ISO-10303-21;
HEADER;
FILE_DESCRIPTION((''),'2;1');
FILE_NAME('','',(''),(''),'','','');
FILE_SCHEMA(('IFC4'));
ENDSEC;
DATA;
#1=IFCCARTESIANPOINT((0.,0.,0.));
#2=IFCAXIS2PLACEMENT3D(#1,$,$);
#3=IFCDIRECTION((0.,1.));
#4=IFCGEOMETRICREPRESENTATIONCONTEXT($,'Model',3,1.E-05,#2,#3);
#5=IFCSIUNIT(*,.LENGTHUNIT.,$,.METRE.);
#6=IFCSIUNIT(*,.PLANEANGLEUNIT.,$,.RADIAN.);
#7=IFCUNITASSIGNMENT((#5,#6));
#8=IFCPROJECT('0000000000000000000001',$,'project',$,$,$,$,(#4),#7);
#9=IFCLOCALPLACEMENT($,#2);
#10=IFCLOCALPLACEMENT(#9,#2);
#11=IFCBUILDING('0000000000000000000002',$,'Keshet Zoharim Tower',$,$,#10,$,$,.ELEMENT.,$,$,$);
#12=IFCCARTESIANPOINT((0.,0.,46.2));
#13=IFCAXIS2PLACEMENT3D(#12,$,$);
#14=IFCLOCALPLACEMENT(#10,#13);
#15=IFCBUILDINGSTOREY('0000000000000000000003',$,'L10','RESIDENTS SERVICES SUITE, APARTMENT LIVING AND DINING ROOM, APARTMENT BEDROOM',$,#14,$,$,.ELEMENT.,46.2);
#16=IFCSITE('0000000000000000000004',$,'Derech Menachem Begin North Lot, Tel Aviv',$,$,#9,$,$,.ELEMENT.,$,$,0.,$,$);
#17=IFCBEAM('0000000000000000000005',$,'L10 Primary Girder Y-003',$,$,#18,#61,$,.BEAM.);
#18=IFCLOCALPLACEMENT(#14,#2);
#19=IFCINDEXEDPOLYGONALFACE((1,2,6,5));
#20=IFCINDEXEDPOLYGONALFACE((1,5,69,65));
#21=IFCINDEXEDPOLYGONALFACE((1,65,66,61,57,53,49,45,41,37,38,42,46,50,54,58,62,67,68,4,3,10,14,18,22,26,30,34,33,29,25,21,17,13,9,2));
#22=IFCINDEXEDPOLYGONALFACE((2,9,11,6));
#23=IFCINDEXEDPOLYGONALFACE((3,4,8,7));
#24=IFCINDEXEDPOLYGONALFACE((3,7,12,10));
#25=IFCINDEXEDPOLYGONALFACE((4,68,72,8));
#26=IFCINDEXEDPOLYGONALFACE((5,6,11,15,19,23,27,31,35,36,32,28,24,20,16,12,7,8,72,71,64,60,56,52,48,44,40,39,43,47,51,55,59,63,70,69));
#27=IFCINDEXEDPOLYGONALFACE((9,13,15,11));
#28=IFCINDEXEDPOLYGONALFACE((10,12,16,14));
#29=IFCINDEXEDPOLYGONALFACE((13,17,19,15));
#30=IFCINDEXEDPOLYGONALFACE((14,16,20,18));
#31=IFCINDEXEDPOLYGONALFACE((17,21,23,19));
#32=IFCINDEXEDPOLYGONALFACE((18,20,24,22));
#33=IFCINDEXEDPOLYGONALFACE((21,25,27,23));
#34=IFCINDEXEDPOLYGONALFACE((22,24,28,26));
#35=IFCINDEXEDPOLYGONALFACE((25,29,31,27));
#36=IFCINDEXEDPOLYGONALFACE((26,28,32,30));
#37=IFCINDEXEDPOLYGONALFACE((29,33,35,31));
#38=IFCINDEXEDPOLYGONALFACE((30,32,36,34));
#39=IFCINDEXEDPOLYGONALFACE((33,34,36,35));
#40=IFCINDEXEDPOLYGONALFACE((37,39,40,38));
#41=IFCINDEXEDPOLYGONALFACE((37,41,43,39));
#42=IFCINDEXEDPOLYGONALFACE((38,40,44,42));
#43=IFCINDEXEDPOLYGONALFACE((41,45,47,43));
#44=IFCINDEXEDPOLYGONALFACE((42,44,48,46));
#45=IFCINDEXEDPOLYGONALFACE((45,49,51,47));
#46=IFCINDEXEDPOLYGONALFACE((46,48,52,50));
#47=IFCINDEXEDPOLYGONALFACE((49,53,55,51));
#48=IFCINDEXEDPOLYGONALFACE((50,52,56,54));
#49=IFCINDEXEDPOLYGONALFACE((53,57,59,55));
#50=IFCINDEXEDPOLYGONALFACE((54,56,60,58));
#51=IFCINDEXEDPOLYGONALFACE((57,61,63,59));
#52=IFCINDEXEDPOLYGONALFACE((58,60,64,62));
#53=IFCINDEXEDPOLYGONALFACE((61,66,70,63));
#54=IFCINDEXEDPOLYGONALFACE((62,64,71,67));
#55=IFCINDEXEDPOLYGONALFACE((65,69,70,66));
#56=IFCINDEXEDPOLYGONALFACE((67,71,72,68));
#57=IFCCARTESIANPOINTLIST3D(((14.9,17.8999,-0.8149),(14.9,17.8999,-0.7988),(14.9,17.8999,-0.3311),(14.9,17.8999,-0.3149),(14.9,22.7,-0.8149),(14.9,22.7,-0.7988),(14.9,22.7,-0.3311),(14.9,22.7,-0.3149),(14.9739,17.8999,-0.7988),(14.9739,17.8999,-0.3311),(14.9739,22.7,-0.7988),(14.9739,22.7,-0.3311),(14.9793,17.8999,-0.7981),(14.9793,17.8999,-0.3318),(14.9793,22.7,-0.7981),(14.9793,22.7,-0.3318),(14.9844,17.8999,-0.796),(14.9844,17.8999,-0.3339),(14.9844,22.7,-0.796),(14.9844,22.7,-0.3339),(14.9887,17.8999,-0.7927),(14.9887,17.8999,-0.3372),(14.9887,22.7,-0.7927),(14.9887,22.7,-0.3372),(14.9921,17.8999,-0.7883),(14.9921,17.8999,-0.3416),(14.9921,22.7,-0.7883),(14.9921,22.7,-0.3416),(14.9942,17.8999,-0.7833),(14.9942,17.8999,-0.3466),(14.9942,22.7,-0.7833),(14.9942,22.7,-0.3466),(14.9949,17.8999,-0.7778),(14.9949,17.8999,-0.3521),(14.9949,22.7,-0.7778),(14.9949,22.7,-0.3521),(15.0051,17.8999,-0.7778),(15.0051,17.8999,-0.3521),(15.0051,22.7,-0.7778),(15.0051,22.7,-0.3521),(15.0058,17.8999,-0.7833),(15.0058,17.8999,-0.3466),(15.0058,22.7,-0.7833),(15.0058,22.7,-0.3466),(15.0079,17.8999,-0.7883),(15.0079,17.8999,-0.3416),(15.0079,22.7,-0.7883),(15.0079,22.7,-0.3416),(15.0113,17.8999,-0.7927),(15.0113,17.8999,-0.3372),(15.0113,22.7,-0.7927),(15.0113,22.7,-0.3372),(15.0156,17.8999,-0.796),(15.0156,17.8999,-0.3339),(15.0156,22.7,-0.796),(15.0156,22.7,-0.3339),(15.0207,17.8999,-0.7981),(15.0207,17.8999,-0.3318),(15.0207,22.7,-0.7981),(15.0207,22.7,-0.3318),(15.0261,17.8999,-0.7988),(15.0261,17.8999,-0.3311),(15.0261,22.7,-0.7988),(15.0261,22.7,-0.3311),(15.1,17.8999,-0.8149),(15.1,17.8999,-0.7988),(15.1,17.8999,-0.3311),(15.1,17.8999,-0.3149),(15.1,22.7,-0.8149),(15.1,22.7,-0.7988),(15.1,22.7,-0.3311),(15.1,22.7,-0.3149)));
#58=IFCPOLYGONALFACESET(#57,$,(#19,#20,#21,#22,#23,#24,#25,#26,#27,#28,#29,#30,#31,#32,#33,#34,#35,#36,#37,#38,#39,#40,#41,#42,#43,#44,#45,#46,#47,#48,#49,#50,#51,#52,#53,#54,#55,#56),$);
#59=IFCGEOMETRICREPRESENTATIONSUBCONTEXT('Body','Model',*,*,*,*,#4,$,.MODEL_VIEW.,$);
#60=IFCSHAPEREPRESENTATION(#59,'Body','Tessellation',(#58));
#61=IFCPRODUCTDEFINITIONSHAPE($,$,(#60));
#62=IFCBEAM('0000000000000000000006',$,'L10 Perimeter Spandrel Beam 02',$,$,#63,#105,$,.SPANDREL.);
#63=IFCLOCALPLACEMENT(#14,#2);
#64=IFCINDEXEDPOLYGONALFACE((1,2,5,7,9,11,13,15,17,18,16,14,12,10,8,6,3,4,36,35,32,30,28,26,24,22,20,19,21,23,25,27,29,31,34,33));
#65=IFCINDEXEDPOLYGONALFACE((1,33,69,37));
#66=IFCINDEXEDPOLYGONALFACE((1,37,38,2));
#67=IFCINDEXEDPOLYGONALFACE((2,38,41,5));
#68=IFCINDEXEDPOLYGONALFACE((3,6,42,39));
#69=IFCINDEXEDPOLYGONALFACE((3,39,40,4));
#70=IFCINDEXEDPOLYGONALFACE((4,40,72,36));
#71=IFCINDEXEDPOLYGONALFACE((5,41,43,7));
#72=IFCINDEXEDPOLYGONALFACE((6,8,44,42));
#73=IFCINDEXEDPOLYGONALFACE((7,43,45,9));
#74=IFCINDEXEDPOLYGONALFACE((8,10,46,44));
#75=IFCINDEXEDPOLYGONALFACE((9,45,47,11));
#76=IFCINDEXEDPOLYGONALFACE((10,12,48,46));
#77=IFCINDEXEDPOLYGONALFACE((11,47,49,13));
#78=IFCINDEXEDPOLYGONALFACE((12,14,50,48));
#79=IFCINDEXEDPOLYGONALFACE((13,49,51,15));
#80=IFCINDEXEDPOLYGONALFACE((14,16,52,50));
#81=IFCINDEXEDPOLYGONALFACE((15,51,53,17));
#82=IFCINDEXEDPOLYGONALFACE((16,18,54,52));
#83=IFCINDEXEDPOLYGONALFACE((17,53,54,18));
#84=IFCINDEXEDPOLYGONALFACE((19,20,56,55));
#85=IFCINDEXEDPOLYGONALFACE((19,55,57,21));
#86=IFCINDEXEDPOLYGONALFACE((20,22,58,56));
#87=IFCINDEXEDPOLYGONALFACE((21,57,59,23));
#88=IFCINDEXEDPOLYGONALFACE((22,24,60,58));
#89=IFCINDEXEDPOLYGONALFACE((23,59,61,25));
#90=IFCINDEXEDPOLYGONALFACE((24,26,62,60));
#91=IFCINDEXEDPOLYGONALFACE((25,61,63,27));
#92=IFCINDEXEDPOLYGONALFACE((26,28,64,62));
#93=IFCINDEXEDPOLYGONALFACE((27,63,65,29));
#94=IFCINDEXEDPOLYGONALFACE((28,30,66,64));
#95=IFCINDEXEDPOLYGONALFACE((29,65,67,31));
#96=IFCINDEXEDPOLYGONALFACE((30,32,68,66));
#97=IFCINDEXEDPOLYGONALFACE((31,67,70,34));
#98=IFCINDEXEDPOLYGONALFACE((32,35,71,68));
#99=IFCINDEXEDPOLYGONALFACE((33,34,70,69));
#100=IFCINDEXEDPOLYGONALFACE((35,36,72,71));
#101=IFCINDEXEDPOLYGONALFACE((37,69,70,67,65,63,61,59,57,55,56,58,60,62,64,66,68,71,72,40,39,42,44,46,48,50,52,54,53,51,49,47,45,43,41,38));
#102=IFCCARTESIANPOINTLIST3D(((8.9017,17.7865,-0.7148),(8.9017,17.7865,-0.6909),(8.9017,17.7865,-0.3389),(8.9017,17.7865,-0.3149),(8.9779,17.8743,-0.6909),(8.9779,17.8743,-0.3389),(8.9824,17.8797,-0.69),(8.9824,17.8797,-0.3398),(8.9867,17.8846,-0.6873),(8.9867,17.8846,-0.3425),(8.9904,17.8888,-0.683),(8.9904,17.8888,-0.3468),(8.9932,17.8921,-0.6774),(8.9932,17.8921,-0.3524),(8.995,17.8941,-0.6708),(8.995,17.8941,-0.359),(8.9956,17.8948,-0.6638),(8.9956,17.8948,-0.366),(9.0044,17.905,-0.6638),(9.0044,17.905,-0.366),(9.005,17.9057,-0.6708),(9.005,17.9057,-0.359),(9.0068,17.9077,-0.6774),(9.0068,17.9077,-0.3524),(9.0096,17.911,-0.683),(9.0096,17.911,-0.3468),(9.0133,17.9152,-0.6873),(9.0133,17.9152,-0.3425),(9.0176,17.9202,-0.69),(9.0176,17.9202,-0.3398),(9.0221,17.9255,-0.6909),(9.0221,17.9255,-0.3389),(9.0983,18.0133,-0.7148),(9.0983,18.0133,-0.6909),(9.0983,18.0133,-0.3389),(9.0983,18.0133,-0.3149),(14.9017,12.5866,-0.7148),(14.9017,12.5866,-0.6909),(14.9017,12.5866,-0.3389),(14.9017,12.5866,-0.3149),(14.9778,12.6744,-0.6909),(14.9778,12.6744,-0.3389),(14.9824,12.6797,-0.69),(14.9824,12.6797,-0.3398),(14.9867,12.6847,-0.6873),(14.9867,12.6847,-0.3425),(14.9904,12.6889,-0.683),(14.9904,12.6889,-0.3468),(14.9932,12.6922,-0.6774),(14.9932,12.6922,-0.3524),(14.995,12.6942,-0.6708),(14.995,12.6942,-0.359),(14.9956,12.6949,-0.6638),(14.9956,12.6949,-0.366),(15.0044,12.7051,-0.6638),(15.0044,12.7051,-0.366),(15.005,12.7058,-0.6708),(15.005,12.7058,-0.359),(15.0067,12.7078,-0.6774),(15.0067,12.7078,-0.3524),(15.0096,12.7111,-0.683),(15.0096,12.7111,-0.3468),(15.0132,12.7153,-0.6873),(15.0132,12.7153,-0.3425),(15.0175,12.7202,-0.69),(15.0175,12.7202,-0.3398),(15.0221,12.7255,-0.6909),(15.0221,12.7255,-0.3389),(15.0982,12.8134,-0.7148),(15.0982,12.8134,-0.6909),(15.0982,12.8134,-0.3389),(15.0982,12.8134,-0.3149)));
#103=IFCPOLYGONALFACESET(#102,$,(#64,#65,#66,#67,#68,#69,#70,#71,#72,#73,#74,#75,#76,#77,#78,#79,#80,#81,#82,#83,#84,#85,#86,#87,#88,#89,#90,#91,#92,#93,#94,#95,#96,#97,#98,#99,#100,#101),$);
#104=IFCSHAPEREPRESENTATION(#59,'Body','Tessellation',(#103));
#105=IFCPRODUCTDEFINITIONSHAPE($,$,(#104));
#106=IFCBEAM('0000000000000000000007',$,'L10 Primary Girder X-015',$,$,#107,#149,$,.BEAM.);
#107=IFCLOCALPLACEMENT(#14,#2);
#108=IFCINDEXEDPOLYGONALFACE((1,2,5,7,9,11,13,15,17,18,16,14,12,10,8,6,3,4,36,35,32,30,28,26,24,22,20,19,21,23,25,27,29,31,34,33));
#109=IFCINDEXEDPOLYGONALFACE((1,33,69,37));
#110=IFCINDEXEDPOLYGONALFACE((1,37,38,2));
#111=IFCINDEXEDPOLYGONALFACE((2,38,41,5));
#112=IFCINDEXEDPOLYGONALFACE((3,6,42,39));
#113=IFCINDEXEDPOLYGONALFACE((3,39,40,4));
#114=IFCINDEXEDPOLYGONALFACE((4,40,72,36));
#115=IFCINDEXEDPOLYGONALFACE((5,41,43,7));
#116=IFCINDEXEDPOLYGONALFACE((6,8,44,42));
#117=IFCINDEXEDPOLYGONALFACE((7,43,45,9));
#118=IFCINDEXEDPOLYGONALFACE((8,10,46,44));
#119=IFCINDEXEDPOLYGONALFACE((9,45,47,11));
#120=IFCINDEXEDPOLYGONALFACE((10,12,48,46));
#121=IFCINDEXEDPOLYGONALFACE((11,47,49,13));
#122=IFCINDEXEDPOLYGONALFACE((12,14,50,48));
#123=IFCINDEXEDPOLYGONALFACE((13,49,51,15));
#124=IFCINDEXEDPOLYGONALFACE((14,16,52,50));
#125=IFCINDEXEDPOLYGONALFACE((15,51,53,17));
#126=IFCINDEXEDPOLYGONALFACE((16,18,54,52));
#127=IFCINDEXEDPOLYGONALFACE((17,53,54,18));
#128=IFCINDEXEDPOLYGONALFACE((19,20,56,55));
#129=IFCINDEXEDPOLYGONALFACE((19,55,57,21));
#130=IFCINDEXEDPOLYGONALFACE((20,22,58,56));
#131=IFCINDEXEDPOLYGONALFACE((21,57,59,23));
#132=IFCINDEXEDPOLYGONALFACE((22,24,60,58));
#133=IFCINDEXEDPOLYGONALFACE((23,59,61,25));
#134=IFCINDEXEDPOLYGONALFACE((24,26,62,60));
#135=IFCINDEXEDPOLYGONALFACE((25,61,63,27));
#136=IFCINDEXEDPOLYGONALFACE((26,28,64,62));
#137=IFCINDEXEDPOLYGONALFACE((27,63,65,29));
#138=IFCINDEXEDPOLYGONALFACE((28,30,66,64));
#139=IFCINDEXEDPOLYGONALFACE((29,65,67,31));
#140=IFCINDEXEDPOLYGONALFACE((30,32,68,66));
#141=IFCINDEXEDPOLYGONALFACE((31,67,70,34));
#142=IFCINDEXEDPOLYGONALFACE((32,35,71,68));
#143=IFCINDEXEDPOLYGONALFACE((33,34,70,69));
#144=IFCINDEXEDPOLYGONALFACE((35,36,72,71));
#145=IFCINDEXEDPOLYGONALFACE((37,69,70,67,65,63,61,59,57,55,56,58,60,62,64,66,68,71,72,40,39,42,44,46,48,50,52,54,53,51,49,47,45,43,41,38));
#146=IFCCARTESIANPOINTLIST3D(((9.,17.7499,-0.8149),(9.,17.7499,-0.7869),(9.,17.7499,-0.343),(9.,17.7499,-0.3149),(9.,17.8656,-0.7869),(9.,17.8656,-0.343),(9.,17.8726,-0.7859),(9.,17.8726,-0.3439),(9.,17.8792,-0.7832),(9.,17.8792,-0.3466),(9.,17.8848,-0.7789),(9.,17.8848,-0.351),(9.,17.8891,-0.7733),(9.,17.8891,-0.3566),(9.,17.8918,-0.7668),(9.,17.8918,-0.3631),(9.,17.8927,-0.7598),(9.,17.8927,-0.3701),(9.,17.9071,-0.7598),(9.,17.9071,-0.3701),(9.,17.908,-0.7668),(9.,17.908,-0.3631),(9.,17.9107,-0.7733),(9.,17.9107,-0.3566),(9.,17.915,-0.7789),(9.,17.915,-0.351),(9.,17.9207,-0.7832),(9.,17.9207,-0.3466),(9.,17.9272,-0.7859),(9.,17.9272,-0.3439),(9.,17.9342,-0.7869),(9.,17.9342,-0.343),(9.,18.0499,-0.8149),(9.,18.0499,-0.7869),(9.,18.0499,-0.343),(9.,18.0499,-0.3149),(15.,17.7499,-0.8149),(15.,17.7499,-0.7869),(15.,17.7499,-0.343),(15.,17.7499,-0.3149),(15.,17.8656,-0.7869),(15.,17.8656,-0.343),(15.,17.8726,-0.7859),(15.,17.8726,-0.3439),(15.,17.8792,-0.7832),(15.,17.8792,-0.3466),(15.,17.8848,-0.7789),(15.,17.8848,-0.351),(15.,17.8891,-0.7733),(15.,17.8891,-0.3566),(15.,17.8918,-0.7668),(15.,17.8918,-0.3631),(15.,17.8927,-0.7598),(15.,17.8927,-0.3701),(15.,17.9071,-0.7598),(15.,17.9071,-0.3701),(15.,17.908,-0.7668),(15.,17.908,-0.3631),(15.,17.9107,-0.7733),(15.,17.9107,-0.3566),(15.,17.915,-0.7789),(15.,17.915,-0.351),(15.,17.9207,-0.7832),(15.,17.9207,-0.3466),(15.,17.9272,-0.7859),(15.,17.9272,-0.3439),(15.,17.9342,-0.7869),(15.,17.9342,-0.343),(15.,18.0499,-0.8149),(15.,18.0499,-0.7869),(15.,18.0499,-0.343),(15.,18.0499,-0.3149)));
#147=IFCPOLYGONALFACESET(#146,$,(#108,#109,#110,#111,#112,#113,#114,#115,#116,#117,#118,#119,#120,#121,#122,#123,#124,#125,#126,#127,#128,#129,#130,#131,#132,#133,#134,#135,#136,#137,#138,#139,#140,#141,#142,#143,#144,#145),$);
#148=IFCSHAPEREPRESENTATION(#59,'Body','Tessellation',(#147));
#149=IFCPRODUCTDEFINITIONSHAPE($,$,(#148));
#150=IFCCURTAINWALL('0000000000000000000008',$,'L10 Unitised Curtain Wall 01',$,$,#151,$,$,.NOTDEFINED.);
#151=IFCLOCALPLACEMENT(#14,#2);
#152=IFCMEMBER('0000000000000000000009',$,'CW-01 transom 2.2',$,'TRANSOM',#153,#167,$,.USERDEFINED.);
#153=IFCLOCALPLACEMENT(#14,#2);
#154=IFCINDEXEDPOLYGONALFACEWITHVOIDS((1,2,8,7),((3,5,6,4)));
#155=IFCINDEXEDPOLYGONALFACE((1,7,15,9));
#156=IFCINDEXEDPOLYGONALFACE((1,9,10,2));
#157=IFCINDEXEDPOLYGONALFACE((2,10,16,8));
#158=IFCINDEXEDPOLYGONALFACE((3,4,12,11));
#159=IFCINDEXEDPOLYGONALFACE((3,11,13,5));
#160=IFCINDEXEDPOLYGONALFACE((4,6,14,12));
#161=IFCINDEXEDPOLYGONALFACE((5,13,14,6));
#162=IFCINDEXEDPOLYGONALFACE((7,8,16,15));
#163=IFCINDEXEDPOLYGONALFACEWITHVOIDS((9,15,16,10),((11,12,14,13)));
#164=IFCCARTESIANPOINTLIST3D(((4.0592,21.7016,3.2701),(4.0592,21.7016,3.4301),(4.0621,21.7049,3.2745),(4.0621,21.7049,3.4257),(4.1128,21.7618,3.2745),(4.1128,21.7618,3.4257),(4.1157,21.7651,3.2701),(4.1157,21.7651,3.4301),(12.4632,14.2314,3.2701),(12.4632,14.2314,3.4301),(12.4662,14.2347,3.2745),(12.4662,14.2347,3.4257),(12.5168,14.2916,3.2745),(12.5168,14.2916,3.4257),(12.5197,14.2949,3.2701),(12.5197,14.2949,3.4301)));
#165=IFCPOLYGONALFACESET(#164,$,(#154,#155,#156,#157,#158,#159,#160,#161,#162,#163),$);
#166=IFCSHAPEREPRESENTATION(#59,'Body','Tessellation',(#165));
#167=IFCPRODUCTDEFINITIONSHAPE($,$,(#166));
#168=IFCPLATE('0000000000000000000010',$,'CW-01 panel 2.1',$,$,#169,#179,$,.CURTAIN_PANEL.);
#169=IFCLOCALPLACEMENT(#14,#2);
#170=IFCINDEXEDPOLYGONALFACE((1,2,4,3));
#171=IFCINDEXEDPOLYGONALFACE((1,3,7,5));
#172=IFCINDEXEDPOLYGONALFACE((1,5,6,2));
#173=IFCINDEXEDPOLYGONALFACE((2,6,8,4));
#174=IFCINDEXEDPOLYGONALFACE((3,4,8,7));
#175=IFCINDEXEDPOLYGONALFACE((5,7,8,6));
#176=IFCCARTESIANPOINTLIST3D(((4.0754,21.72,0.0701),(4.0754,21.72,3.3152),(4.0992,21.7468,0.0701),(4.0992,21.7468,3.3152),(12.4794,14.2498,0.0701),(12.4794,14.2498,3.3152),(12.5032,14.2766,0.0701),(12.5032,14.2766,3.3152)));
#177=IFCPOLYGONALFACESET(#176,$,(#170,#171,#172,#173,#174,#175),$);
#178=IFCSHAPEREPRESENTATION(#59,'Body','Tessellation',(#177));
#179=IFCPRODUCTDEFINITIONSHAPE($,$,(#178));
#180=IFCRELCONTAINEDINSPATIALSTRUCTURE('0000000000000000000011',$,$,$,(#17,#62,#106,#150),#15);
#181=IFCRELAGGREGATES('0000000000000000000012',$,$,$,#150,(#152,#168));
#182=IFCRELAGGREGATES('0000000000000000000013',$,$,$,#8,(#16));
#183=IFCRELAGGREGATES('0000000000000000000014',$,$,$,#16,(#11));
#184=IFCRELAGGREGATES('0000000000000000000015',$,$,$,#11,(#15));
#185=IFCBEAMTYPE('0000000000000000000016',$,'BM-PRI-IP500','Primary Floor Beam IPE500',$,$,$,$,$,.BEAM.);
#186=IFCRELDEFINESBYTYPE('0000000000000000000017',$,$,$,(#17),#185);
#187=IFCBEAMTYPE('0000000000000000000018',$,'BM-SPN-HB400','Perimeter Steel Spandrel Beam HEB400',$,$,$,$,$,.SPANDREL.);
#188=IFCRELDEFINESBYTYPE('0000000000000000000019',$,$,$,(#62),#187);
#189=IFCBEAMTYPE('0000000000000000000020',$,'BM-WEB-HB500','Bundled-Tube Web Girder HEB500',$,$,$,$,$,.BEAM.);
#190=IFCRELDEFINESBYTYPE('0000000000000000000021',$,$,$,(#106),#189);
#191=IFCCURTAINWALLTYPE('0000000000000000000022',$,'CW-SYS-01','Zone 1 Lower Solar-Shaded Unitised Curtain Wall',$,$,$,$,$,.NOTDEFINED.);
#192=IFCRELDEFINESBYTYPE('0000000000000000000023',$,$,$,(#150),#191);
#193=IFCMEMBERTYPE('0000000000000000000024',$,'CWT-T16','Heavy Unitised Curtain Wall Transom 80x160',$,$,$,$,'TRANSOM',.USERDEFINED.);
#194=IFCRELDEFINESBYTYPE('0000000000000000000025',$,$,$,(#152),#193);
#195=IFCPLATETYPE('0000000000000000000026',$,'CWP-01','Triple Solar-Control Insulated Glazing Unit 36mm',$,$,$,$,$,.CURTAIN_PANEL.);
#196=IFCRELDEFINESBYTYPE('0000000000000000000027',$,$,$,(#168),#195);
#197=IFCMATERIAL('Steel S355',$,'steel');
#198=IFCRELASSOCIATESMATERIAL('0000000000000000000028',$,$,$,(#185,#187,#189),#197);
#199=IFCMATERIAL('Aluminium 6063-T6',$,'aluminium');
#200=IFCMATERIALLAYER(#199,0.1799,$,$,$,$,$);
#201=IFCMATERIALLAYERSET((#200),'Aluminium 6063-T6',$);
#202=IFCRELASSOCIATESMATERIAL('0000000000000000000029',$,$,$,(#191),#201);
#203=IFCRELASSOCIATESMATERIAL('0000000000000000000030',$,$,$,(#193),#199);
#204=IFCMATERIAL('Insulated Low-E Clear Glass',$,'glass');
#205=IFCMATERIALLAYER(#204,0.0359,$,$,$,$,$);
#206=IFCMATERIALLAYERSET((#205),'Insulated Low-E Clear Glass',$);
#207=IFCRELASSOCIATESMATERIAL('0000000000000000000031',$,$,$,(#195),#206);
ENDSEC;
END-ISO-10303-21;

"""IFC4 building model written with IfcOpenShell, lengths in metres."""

from ifc_helpers import new_model, si_unit, direction, frame, origin, origin_2d, place, context, subcontext, project, spatial, rectangle, hollow_rectangle, i_section, extrude, material, layer, layer_set, material_profile, profile_set, type_object, element, aggregate, save


model = new_model("IFC4")

# Units and contexts
model_context = context("Model", 3, precision=1e-05, world=origin(), true_north=direction((0.0, 1.0)))
body_context = subcontext(model_context, "Body", "Model", "MODEL_VIEW")
ifc_project = project(units=[si_unit("LENGTHUNIT", "METRE"), si_unit("PLANEANGLEUNIT", "RADIAN")], contexts=[model_context])

# Site, building, storey
site_placement = place(None, origin())
site = spatial("IfcSite", under=ifc_project, at=site_placement, Name="Derech Menachem Begin North Lot, Tel Aviv", CompositionType="ELEMENT", RefElevation=0.0)
building_placement = place(site_placement, origin())
building = spatial("IfcBuilding", under=site, at=building_placement, Name="Keshet Zoharim Tower", CompositionType="ELEMENT")
storey_placement = place(building_placement, frame((0.0, 0.0, 46.2)))
storey = spatial("IfcBuildingStorey", under=building, at=storey_placement, Name="L10", Description="RESIDENTS SERVICES SUITE, APARTMENT LIVING AND DINING ROOM, APARTMENT BEDROOM", CompositionType="ELEMENT", Elevation=46.2)

# Shared definitions
ifc_material_1 = material(Name="Steel S355", Category="steel")

# Beams
ifc_material_profile_1 = material_profile(ifc_material_1, i_section(OverallWidth=0.2, OverallDepth=0.5, WebThickness=0.0103, FlangeThickness=0.0161, FilletRadius=0.021, at=origin_2d()), Name="IPE500")
ifc_profile_set_1 = profile_set([ifc_material_profile_1], Name="Steel S355")
beam_type_1 = type_object("IfcBeamType", Name="BM-PRI-IP500", Description="Primary Floor Beam IPE500", PredefinedType="BEAM", material=ifc_profile_set_1)
beam_1_placement = place(storey_placement, frame((15.0, 17.8999, -0.5649), z_axis=(0.0, 1.0, 0.0), x_axis=(-1.0, 0.0, 0.0)))
element("IfcBeam", 1, at=beam_1_placement, inside=storey, type_object=beam_type_1, Name="L10 Primary Girder Y-003", PredefinedType="BEAM", context=body_context, shape_type="SweptSolid", body=[
    extrude(i_section(OverallWidth=0.2, OverallDepth=0.5, WebThickness=0.0103, FlangeThickness=0.0161, FilletRadius=0.021, at=origin_2d()), origin(), (0.0, 0.0, 1.0), 4.8),
])
ifc_material_profile_2 = material_profile(ifc_material_1, i_section(OverallWidth=0.3, OverallDepth=0.3999, WebThickness=0.0134, FlangeThickness=0.0239, FilletRadius=0.0271, at=origin_2d()), Name="HEB400")
ifc_profile_set_2 = profile_set([ifc_material_profile_2], Name="Steel S355")
beam_type_2 = type_object("IfcBeamType", Name="BM-SPN-HB400", Description="Perimeter Steel Spandrel Beam HEB400", PredefinedType="SPANDREL", material=ifc_profile_set_2)
beam_2_placement = place(storey_placement, frame((9.0, 17.8999, -0.5149), z_axis=(0.755692, -0.654927, 0.0), x_axis=(0.654927, 0.755692, 0.0)))
element("IfcBeam", 2, at=beam_2_placement, inside=storey, type_object=beam_type_2, Name="L10 Perimeter Spandrel Beam 02", PredefinedType="SPANDREL", context=body_context, shape_type="SweptSolid", body=[
    extrude(i_section(OverallWidth=0.3, OverallDepth=0.3999, WebThickness=0.0134, FlangeThickness=0.0239, FilletRadius=0.0271, at=origin_2d()), origin(), (0.0, 0.0, 1.0), 7.9397),
])
ifc_material_profile_3 = material_profile(ifc_material_1, i_section(OverallWidth=0.3, OverallDepth=0.5, WebThickness=0.0144, FlangeThickness=0.0281, FilletRadius=0.0271, at=origin_2d()), Name="HEB500")
ifc_profile_set_3 = profile_set([ifc_material_profile_3], Name="Steel S355")
beam_type_3 = type_object("IfcBeamType", Name="BM-WEB-HB500", Description="Bundled-Tube Web Girder HEB500", PredefinedType="BEAM", material=ifc_profile_set_3)
beam_3_placement = place(storey_placement, frame((9.0, 17.8999, -0.5649), z_axis=(1.0, 0.0, 0.0), x_axis=(0.0, 1.0, 0.0)))
element("IfcBeam", 3, at=beam_3_placement, inside=storey, type_object=beam_type_3, Name="L10 Primary Girder X-015", PredefinedType="BEAM", context=body_context, shape_type="SweptSolid", body=[
    extrude(i_section(OverallWidth=0.3, OverallDepth=0.5, WebThickness=0.0144, FlangeThickness=0.0281, FilletRadius=0.0271, at=origin_2d()), origin(), (0.0, 0.0, 1.0), 6.0),
])

# Curtain wall, member, plate
ifc_material_2 = material(Name="Aluminium 6063-T6", Category="aluminium")
ifc_layer_1 = layer(ifc_material_2, 0.1799)
ifc_layer_set_1 = layer_set([ifc_layer_1], Name="Aluminium 6063-T6")
curtain_wall_type = type_object("IfcCurtainWallType", Name="CW-SYS-01", Description="Zone 1 Lower Solar-Shaded Unitised Curtain Wall", PredefinedType="NOTDEFINED", material=ifc_layer_set_1)
curtain_wall_placement = place(storey_placement, origin())
curtain_wall = element("IfcCurtainWall", 4, at=curtain_wall_placement, inside=storey, type_object=curtain_wall_type, Name="L10 Unitised Curtain Wall 01", PredefinedType="NOTDEFINED")
ifc_material_profile_4 = material_profile(ifc_material_2, hollow_rectangle(XDim=0.085, YDim=0.1599, WallThickness=0.0044, at=origin_2d()), Name="TRN-85x160")
ifc_profile_set_4 = profile_set([ifc_material_profile_4], Name="Aluminium 6063-T6")
member_type = type_object("IfcMemberType", Name="CWT-T16", Description="Heavy Unitised Curtain Wall Transom 80x160", ElementType="TRANSOM", PredefinedType="USERDEFINED", material=ifc_profile_set_4)
member_placement = place(storey_placement, frame((12.4915, 14.2632, 3.3501), z_axis=(-0.747412, 0.664361, 0.0), x_axis=(-0.664361, -0.747412, 0.0)))
member = element("IfcMember", 5, at=member_placement, type_object=member_type, Name="CW-01 transom 2.2", ObjectType="TRANSOM", PredefinedType="USERDEFINED", context=body_context, shape_type="SweptSolid", body=[
    extrude(hollow_rectangle(XDim=0.085, YDim=0.1599, WallThickness=0.0044, at=origin_2d()), origin(), (0.0, 0.0, 1.0), 11.2441),
])
ifc_material_3 = material(Name="Insulated Low-E Clear Glass", Category="glass")
ifc_layer_2 = layer(ifc_material_3, 0.0359)
ifc_layer_set_2 = layer_set([ifc_layer_2], Name="Insulated Low-E Clear Glass")
plate_type = type_object("IfcPlateType", Name="CWP-01", Description="Triple Solar-Control Insulated Glazing Unit 36mm", PredefinedType="CURTAIN_PANEL", material=ifc_layer_set_2)
plate_placement = place(storey_placement, frame((8.2893, 17.9983, 0.0701), z_axis=(0.0, 0.0, 1.0), x_axis=(-0.747409, 0.664364, 0.0)))
plate = element("IfcPlate", 6, at=plate_placement, type_object=plate_type, Name="CW-01 panel 2.1", PredefinedType="CURTAIN_PANEL", context=body_context, shape_type="SweptSolid", body=[
    extrude(rectangle(XDim=11.2441, YDim=0.0359, at=origin_2d()), origin(), (0.0, 0.0, 1.0), 3.2451),
])
aggregate(curtain_wall, [member, plate])

save(model, "model.ifc")
